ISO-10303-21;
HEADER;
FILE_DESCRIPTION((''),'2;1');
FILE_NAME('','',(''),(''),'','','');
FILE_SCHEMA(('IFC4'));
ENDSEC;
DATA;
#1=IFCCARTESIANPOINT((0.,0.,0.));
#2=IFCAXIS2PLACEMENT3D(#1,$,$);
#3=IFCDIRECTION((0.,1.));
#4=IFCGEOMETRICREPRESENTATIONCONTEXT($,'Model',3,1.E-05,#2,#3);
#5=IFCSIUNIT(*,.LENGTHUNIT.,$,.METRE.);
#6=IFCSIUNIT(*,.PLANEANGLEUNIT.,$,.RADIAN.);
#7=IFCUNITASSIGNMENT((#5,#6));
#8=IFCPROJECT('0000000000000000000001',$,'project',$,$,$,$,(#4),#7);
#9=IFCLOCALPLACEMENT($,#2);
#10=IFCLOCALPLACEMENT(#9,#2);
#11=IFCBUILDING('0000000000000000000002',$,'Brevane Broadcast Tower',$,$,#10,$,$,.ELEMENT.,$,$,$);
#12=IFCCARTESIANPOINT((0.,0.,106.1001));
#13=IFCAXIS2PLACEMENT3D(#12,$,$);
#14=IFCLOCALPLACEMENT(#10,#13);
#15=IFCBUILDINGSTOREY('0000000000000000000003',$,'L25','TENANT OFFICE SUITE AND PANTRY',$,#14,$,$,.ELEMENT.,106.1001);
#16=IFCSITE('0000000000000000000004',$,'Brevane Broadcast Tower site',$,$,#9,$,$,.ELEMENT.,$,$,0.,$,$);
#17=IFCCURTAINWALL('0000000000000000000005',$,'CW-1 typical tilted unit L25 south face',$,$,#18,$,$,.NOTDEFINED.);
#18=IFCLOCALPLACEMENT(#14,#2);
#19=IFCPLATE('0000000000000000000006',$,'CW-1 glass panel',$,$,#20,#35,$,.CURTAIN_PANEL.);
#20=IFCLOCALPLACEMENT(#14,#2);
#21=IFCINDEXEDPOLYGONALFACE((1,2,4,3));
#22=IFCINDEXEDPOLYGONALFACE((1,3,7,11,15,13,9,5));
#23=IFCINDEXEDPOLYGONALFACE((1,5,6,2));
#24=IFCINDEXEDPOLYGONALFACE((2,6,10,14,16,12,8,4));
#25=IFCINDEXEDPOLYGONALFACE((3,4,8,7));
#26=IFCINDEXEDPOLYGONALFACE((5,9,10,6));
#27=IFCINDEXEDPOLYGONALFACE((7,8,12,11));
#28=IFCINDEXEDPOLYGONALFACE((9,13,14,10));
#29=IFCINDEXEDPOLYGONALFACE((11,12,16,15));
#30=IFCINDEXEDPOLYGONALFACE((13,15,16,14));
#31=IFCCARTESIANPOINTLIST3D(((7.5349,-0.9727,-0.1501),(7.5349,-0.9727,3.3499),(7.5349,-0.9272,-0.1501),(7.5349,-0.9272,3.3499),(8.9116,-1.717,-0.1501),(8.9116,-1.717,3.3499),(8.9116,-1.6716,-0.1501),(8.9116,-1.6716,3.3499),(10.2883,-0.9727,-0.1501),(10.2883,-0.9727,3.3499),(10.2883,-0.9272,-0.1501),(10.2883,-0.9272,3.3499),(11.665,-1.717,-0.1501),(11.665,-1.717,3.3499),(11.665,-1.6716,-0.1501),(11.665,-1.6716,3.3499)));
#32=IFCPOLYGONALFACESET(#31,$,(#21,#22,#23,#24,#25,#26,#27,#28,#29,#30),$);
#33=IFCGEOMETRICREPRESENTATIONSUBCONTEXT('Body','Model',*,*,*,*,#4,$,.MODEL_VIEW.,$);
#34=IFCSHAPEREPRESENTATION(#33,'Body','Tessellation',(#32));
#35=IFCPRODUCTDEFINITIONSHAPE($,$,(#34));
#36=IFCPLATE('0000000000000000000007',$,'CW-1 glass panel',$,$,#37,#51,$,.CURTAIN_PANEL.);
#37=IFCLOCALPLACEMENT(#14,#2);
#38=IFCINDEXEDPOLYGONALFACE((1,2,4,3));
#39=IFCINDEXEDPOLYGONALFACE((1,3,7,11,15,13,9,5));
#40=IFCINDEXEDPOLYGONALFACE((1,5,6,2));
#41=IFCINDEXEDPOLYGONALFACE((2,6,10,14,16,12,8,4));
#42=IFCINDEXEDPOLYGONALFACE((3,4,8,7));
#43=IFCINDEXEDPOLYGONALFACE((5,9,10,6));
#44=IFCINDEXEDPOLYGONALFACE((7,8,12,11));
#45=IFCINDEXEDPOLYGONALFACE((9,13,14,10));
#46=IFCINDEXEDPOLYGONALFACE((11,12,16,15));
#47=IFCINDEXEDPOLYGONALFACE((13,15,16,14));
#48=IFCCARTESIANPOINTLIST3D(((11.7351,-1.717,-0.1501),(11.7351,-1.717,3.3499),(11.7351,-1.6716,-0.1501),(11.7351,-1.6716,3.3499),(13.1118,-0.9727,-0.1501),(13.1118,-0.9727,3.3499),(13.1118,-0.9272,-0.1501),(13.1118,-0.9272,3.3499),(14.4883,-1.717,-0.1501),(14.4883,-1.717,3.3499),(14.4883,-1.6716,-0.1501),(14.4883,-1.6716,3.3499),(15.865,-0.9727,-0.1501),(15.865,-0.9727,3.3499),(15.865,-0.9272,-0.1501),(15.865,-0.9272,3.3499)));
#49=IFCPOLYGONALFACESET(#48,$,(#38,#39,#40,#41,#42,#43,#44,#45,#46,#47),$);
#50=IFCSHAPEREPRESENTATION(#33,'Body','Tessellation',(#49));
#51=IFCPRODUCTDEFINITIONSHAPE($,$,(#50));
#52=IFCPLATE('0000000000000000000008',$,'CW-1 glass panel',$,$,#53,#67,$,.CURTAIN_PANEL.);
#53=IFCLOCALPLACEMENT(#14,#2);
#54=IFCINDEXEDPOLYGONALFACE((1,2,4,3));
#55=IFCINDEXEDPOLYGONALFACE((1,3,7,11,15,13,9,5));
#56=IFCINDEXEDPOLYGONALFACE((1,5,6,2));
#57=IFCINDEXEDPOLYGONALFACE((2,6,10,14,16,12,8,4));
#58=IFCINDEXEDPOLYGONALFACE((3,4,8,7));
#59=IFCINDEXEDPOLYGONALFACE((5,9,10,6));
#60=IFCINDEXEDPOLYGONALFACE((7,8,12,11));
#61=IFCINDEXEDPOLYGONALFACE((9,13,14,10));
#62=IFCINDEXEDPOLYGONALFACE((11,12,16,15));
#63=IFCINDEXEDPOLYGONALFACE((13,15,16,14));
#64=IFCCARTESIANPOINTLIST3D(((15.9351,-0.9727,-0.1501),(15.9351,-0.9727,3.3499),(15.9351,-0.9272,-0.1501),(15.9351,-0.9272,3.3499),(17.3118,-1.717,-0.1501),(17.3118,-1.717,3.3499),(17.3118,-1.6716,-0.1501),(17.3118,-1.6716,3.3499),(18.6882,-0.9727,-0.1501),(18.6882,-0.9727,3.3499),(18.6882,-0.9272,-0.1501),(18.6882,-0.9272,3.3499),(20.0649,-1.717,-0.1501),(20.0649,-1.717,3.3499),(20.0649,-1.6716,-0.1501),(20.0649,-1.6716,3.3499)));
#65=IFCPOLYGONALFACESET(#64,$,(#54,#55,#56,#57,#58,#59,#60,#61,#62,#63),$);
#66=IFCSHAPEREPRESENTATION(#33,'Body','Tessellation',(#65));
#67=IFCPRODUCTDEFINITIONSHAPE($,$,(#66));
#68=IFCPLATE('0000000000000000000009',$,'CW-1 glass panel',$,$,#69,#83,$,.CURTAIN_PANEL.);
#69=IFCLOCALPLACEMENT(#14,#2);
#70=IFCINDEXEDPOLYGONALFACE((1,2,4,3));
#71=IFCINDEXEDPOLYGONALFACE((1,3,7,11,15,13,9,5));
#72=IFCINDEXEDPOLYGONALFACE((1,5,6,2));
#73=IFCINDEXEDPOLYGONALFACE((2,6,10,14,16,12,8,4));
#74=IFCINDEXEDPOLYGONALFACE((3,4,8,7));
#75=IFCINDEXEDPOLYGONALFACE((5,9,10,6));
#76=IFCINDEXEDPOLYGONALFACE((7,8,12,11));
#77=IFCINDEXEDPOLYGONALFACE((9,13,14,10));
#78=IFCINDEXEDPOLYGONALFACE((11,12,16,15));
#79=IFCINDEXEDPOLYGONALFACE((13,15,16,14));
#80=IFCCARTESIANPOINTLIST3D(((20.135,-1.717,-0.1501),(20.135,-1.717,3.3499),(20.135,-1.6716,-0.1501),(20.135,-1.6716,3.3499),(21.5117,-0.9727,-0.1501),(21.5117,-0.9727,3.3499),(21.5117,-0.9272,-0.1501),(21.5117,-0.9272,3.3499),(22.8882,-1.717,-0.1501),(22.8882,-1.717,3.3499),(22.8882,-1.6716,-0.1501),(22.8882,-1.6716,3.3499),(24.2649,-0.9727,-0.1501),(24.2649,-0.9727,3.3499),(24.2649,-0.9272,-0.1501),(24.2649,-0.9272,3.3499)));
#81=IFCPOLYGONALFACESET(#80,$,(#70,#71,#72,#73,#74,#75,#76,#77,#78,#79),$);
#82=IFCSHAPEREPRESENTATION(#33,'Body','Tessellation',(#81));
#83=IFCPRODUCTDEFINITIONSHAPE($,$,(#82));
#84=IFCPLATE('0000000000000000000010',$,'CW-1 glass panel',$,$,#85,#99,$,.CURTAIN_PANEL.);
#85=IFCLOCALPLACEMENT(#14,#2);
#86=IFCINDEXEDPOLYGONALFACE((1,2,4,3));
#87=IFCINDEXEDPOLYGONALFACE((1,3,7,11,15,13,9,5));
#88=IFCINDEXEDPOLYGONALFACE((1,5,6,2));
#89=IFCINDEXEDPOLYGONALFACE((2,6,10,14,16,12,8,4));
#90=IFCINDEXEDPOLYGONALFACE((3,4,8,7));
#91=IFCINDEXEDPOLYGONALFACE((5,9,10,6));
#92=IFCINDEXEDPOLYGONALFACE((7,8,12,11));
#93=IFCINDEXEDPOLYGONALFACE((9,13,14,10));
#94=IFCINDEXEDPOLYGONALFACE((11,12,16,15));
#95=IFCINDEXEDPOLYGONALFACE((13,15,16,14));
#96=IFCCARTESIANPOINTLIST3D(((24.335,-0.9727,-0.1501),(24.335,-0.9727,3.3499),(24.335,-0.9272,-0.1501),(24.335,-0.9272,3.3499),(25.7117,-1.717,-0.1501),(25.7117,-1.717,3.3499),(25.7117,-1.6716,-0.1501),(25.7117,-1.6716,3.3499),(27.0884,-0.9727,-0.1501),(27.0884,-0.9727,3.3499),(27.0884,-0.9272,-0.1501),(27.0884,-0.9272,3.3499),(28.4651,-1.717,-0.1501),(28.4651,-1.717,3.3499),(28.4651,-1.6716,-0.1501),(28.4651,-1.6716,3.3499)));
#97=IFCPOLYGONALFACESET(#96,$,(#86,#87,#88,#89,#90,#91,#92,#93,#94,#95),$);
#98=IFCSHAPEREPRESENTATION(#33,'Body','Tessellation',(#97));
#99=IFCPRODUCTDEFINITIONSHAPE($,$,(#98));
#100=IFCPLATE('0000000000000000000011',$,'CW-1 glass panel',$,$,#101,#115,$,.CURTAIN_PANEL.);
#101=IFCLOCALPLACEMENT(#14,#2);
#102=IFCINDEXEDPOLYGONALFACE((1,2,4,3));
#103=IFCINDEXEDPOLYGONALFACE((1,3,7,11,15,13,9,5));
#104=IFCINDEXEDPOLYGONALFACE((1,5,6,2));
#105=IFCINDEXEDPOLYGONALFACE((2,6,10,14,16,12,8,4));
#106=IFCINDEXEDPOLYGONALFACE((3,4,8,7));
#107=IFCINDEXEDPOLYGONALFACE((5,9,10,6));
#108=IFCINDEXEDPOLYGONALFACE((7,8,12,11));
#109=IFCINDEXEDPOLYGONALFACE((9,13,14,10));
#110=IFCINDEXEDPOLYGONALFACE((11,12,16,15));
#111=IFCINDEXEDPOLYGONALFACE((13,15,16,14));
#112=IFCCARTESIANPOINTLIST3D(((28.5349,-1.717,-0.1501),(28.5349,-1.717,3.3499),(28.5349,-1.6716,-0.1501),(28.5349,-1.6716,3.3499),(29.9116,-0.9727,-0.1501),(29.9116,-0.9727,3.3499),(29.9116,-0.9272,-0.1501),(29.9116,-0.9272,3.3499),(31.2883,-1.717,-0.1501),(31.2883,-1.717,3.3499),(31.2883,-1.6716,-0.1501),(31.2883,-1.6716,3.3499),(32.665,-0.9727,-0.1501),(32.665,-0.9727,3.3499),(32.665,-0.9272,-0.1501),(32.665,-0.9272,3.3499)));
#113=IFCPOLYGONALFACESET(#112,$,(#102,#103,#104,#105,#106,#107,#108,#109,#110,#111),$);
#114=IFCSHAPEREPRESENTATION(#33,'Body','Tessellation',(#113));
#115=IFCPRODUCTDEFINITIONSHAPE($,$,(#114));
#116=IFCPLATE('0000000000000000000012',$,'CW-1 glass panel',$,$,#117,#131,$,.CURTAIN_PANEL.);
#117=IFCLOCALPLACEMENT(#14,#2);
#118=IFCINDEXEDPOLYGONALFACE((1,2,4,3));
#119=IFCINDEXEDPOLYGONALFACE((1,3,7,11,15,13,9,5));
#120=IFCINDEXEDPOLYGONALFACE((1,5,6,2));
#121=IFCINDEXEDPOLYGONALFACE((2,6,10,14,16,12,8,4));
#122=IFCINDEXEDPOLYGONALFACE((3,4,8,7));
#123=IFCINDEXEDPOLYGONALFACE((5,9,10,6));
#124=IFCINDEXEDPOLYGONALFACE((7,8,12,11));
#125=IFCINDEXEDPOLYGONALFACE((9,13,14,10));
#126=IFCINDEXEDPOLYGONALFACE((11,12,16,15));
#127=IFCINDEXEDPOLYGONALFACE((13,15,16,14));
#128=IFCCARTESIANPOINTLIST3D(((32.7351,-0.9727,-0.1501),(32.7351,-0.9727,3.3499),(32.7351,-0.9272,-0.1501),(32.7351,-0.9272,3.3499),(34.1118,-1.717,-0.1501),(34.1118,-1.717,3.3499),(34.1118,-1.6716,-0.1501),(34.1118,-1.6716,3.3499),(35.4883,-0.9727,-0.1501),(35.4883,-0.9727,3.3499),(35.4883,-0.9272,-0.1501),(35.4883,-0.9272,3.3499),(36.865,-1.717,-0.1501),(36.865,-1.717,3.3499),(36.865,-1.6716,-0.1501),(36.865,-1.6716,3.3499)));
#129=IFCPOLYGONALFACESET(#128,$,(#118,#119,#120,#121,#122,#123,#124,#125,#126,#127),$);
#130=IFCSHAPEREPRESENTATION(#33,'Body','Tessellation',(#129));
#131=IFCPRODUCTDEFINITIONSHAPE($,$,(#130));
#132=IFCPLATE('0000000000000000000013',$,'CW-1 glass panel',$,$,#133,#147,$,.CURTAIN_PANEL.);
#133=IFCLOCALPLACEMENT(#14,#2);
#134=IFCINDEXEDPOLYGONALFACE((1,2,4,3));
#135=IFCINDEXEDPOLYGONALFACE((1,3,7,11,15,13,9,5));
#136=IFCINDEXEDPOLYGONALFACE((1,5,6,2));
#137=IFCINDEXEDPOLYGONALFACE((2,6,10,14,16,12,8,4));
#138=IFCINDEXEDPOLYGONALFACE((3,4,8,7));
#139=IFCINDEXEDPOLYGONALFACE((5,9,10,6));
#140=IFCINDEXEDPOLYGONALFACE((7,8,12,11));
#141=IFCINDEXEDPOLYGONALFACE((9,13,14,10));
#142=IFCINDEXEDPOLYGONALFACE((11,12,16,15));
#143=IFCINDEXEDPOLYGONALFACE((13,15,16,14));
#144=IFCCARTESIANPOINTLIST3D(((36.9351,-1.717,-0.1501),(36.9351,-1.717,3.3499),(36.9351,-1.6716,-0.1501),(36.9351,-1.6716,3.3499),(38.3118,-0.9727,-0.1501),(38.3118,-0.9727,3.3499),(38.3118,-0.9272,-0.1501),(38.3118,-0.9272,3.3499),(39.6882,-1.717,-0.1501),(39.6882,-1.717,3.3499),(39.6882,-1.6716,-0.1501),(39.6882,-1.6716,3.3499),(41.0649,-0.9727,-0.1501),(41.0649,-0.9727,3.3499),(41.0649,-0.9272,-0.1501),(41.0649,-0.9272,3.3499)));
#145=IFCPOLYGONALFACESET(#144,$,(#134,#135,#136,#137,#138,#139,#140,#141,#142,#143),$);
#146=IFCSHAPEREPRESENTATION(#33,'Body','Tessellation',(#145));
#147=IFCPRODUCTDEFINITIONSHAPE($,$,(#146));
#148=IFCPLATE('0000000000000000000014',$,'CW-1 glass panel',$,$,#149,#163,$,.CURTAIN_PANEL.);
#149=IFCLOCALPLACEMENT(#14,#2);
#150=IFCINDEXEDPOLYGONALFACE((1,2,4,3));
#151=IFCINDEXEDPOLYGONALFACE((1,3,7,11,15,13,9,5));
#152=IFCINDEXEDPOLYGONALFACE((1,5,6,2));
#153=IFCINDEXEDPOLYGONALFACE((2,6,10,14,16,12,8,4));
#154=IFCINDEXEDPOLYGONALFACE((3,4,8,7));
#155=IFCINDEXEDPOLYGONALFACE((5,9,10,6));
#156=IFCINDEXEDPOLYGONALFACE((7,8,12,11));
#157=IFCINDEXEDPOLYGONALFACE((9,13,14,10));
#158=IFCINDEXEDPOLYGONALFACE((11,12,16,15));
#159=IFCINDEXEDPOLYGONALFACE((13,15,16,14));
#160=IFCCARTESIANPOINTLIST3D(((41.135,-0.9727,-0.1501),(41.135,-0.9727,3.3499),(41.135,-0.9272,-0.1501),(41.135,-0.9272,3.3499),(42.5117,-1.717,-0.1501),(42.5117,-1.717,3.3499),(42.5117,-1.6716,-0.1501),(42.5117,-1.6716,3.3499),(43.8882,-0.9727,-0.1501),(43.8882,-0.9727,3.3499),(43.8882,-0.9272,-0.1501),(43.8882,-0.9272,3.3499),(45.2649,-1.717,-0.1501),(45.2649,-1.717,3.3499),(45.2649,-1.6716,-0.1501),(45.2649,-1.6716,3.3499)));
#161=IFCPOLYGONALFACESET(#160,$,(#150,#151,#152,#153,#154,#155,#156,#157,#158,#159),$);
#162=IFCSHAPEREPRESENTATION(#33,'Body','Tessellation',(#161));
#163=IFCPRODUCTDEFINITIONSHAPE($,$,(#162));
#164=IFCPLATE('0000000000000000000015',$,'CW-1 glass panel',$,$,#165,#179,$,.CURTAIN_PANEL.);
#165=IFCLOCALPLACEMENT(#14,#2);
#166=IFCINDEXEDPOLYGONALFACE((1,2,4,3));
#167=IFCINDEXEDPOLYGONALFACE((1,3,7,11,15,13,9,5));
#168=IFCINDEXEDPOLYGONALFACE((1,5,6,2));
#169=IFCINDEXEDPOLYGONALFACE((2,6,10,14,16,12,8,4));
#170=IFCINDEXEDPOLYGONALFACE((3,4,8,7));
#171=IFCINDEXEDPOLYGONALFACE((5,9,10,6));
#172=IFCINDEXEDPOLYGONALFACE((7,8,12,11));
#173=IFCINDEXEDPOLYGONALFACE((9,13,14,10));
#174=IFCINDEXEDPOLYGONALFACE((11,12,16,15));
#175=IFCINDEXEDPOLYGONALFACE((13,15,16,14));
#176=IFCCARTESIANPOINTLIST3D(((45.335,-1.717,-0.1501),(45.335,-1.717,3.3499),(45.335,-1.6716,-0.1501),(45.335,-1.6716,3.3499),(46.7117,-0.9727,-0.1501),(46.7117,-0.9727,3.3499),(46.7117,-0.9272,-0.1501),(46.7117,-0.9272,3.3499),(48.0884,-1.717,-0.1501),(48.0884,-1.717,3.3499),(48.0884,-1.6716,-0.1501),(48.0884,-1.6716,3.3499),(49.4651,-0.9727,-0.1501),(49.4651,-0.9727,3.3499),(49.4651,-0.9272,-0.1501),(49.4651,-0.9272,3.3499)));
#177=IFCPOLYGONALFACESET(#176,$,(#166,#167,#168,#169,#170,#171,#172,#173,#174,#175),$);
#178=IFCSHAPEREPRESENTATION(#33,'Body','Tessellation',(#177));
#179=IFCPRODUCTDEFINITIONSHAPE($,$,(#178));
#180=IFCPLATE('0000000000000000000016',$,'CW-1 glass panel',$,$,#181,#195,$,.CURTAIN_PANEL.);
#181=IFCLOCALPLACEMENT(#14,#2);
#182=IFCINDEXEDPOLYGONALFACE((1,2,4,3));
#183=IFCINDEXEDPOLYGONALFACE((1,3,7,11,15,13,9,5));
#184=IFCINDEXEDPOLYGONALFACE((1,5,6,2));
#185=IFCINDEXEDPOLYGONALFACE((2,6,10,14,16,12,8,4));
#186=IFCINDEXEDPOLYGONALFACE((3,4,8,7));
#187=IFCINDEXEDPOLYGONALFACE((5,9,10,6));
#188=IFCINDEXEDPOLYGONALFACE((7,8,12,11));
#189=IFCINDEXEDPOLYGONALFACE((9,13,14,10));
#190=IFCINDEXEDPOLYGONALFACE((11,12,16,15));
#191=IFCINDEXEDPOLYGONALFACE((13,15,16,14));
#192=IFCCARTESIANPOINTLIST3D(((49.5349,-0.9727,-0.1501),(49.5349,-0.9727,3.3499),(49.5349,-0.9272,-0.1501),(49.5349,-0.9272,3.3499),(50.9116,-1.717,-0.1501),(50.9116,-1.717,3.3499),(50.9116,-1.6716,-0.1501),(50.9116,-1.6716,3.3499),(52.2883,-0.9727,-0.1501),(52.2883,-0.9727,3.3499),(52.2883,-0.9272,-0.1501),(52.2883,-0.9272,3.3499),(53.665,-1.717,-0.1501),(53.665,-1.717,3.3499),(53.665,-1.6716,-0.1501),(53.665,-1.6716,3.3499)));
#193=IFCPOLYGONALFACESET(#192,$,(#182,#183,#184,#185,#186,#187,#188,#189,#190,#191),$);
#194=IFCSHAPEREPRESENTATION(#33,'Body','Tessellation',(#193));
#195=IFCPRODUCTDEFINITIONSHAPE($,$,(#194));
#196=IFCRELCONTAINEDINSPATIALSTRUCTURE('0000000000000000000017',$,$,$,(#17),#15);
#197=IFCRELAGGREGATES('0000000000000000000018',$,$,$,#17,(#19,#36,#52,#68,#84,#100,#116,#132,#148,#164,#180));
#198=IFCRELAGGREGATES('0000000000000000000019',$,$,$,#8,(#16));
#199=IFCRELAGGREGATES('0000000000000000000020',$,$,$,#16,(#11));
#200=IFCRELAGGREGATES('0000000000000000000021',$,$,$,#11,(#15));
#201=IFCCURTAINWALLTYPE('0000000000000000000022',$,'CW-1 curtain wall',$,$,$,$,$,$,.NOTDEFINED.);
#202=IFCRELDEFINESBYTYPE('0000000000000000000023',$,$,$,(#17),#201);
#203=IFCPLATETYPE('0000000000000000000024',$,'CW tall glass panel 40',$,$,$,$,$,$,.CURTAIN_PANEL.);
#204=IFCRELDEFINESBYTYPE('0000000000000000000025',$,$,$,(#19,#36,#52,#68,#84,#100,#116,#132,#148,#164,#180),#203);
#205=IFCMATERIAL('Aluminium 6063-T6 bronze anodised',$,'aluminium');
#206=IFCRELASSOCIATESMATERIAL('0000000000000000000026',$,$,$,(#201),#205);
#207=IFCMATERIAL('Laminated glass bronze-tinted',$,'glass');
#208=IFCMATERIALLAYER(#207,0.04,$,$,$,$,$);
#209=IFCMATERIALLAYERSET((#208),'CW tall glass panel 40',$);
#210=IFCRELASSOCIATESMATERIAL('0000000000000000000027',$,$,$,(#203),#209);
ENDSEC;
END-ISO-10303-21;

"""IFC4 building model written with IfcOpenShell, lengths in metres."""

from ifc_helpers import new_model, si_unit, direction, frame, origin, place, context, subcontext, project, spatial, polyline, outline, extrude, material, layer, layer_set, type_object, element, aggregate, save


model = new_model("IFC4")

# Units and contexts
model_context = context("Model", 3, precision=1e-05, world=origin(), true_north=direction((0.0, 1.0)))
body_context = subcontext(model_context, "Body", "Model", "MODEL_VIEW")
ifc_project = project(units=[si_unit("LENGTHUNIT", "METRE"), si_unit("PLANEANGLEUNIT", "RADIAN")], contexts=[model_context])

# Site, building, storey
site_placement = place(None, origin())
site = spatial("IfcSite", under=ifc_project, at=site_placement, Name="Brevane Broadcast Tower site", CompositionType="ELEMENT", RefElevation=0.0)
building_placement = place(site_placement, origin())
building = spatial("IfcBuilding", under=site, at=building_placement, Name="Brevane Broadcast Tower", CompositionType="ELEMENT")
storey_placement = place(building_placement, frame((0.0, 0.0, 106.1001)))
storey = spatial("IfcBuildingStorey", under=building, at=storey_placement, Name="L25", Description="TENANT OFFICE SUITE AND PANTRY", CompositionType="ELEMENT", Elevation=106.1001)

# Curtain wall, plates
ifc_material_1 = material(Name="Aluminium 6063-T6 bronze anodised", Category="aluminium")
curtain_wall_type = type_object("IfcCurtainWallType", Name="CW-1 curtain wall", PredefinedType="NOTDEFINED", material=ifc_material_1)
curtain_wall_1_placement = place(storey_placement, origin())
curtain_wall_1 = element("IfcCurtainWall", 1, at=curtain_wall_1_placement, inside=storey, type_object=curtain_wall_type, Name="CW-1 typical tilted unit L25 south face", PredefinedType="NOTDEFINED")
ifc_material_2 = material(Name="Laminated glass bronze-tinted", Category="glass")
ifc_layer = layer(ifc_material_2, 0.04)
ifc_layer_set = layer_set([ifc_layer], Name="CW tall glass panel 40")
plate_type = type_object("IfcPlateType", Name="CW tall glass panel 40", PredefinedType="CURTAIN_PANEL", material=ifc_layer_set)
plate_1_placement = place(storey_placement, frame((0.0, 0.0, -0.1501)))
plate_1 = element("IfcPlate", 2, at=plate_1_placement, type_object=plate_type, Name="CW-1 glass panel", PredefinedType="CURTAIN_PANEL", context=body_context, shape_type="SweptSolid", body=[
    extrude(outline(polyline([(7.5349, -0.9272), (7.5349, -0.9727), (8.9116, -1.717), (10.2883, -0.9727), (11.665, -1.717), (11.665, -1.6716), (10.2883, -0.9272), (8.9116, -1.6716), (7.5349, -0.9272)])), origin(), (0.0, 0.0, 1.0), 3.5),
])
plate_2_placement = place(storey_placement, frame((0.0, 0.0, -0.1501)))
plate_2 = element("IfcPlate", 3, at=plate_2_placement, type_object=plate_type, Name="CW-1 glass panel", PredefinedType="CURTAIN_PANEL", context=body_context, shape_type="SweptSolid", body=[
    extrude(outline(polyline([(11.7351, -1.6716), (11.7351, -1.717), (13.1118, -0.9727), (14.4883, -1.717), (15.865, -0.9727), (15.865, -0.9272), (14.4883, -1.6716), (13.1118, -0.9272), (11.7351, -1.6716)])), origin(), (0.0, 0.0, 1.0), 3.5),
])
plate_3_placement = place(storey_placement, frame((0.0, 0.0, -0.1501)))
plate_3 = element("IfcPlate", 4, at=plate_3_placement, type_object=plate_type, Name="CW-1 glass panel", PredefinedType="CURTAIN_PANEL", context=body_context, shape_type="SweptSolid", body=[
    extrude(outline(polyline([(15.9351, -0.9272), (15.9351, -0.9727), (17.3118, -1.717), (18.6882, -0.9727), (20.0649, -1.717), (20.0649, -1.6716), (18.6882, -0.9272), (17.3118, -1.6716), (15.9351, -0.9272)])), origin(), (0.0, 0.0, 1.0), 3.5),
])
plate_4_placement = place(storey_placement, frame((0.0, 0.0, -0.1501)))
plate_4 = element("IfcPlate", 5, at=plate_4_placement, type_object=plate_type, Name="CW-1 glass panel", PredefinedType="CURTAIN_PANEL", context=body_context, shape_type="SweptSolid", body=[
    extrude(outline(polyline([(20.135, -1.6716), (20.135, -1.717), (21.5117, -0.9727), (22.8882, -1.717), (24.2649, -0.9727), (24.2649, -0.9272), (22.8882, -1.6716), (21.5117, -0.9272), (20.135, -1.6716)])), origin(), (0.0, 0.0, 1.0), 3.5),
])
plate_5_placement = place(storey_placement, frame((0.0, 0.0, -0.1501)))
plate_5 = element("IfcPlate", 6, at=plate_5_placement, type_object=plate_type, Name="CW-1 glass panel", PredefinedType="CURTAIN_PANEL", context=body_context, shape_type="SweptSolid", body=[
    extrude(outline(polyline([(24.335, -0.9272), (24.335, -0.9727), (25.7117, -1.717), (27.0884, -0.9727), (28.4651, -1.717), (28.4651, -1.6716), (27.0884, -0.9272), (25.7117, -1.6716), (24.335, -0.9272)])), origin(), (0.0, 0.0, 1.0), 3.5),
])
plate_6_placement = place(storey_placement, frame((0.0, 0.0, -0.1501)))
plate_6 = element("IfcPlate", 7, at=plate_6_placement, type_object=plate_type, Name="CW-1 glass panel", PredefinedType="CURTAIN_PANEL", context=body_context, shape_type="SweptSolid", body=[
    extrude(outline(polyline([(28.5349, -1.6716), (28.5349, -1.717), (29.9116, -0.9727), (31.2883, -1.717), (32.665, -0.9727), (32.665, -0.9272), (31.2883, -1.6716), (29.9116, -0.9272), (28.5349, -1.6716)])), origin(), (0.0, 0.0, 1.0), 3.5),
])
plate_7_placement = place(storey_placement, frame((0.0, 0.0, -0.1501)))
plate_7 = element("IfcPlate", 8, at=plate_7_placement, type_object=plate_type, Name="CW-1 glass panel", PredefinedType="CURTAIN_PANEL", context=body_context, shape_type="SweptSolid", body=[
    extrude(outline(polyline([(32.7351, -0.9272), (32.7351, -0.9727), (34.1118, -1.717), (35.4883, -0.9727), (36.865, -1.717), (36.865, -1.6716), (35.4883, -0.9272), (34.1118, -1.6716), (32.7351, -0.9272)])), origin(), (0.0, 0.0, 1.0), 3.5),
])
plate_8_placement = place(storey_placement, frame((0.0, 0.0, -0.1501)))
plate_8 = element("IfcPlate", 9, at=plate_8_placement, type_object=plate_type, Name="CW-1 glass panel", PredefinedType="CURTAIN_PANEL", context=body_context, shape_type="SweptSolid", body=[
    extrude(outline(polyline([(36.9351, -1.6716), (36.9351, -1.717), (38.3118, -0.9727), (39.6882, -1.717), (41.0649, -0.9727), (41.0649, -0.9272), (39.6882, -1.6716), (38.3118, -0.9272), (36.9351, -1.6716)])), origin(), (0.0, 0.0, 1.0), 3.5),
])
plate_9_placement = place(storey_placement, frame((0.0, 0.0, -0.1501)))
plate_9 = element("IfcPlate", 10, at=plate_9_placement, type_object=plate_type, Name="CW-1 glass panel", PredefinedType="CURTAIN_PANEL", context=body_context, shape_type="SweptSolid", body=[
    extrude(outline(polyline([(41.135, -0.9272), (41.135, -0.9727), (42.5117, -1.717), (43.8882, -0.9727), (45.2649, -1.717), (45.2649, -1.6716), (43.8882, -0.9272), (42.5117, -1.6716), (41.135, -0.9272)])), origin(), (0.0, 0.0, 1.0), 3.5),
])
plate_10_placement = place(storey_placement, frame((0.0, 0.0, -0.1501)))
plate_10 = element("IfcPlate", 11, at=plate_10_placement, type_object=plate_type, Name="CW-1 glass panel", PredefinedType="CURTAIN_PANEL", context=body_context, shape_type="SweptSolid", body=[
    extrude(outline(polyline([(45.335, -1.6716), (45.335, -1.717), (46.7117, -0.9727), (48.0884, -1.717), (49.4651, -0.9727), (49.4651, -0.9272), (48.0884, -1.6716), (46.7117, -0.9272), (45.335, -1.6716)])), origin(), (0.0, 0.0, 1.0), 3.5),
])
plate_11_placement = place(storey_placement, frame((0.0, 0.0, -0.1501)))
plate_11 = element("IfcPlate", 12, at=plate_11_placement, type_object=plate_type, Name="CW-1 glass panel", PredefinedType="CURTAIN_PANEL", context=body_context, shape_type="SweptSolid", body=[
    extrude(outline(polyline([(49.5349, -0.9272), (49.5349, -0.9727), (50.9116, -1.717), (52.2883, -0.9727), (53.665, -1.717), (53.665, -1.6716), (52.2883, -0.9272), (50.9116, -1.6716), (49.5349, -0.9272)])), origin(), (0.0, 0.0, 1.0), 3.5),
])
aggregate(curtain_wall_1, [plate_1, plate_2, plate_3, plate_4, plate_5, plate_6, plate_7, plate_8, plate_9, plate_10, plate_11])

save(model, "model.ifc")
